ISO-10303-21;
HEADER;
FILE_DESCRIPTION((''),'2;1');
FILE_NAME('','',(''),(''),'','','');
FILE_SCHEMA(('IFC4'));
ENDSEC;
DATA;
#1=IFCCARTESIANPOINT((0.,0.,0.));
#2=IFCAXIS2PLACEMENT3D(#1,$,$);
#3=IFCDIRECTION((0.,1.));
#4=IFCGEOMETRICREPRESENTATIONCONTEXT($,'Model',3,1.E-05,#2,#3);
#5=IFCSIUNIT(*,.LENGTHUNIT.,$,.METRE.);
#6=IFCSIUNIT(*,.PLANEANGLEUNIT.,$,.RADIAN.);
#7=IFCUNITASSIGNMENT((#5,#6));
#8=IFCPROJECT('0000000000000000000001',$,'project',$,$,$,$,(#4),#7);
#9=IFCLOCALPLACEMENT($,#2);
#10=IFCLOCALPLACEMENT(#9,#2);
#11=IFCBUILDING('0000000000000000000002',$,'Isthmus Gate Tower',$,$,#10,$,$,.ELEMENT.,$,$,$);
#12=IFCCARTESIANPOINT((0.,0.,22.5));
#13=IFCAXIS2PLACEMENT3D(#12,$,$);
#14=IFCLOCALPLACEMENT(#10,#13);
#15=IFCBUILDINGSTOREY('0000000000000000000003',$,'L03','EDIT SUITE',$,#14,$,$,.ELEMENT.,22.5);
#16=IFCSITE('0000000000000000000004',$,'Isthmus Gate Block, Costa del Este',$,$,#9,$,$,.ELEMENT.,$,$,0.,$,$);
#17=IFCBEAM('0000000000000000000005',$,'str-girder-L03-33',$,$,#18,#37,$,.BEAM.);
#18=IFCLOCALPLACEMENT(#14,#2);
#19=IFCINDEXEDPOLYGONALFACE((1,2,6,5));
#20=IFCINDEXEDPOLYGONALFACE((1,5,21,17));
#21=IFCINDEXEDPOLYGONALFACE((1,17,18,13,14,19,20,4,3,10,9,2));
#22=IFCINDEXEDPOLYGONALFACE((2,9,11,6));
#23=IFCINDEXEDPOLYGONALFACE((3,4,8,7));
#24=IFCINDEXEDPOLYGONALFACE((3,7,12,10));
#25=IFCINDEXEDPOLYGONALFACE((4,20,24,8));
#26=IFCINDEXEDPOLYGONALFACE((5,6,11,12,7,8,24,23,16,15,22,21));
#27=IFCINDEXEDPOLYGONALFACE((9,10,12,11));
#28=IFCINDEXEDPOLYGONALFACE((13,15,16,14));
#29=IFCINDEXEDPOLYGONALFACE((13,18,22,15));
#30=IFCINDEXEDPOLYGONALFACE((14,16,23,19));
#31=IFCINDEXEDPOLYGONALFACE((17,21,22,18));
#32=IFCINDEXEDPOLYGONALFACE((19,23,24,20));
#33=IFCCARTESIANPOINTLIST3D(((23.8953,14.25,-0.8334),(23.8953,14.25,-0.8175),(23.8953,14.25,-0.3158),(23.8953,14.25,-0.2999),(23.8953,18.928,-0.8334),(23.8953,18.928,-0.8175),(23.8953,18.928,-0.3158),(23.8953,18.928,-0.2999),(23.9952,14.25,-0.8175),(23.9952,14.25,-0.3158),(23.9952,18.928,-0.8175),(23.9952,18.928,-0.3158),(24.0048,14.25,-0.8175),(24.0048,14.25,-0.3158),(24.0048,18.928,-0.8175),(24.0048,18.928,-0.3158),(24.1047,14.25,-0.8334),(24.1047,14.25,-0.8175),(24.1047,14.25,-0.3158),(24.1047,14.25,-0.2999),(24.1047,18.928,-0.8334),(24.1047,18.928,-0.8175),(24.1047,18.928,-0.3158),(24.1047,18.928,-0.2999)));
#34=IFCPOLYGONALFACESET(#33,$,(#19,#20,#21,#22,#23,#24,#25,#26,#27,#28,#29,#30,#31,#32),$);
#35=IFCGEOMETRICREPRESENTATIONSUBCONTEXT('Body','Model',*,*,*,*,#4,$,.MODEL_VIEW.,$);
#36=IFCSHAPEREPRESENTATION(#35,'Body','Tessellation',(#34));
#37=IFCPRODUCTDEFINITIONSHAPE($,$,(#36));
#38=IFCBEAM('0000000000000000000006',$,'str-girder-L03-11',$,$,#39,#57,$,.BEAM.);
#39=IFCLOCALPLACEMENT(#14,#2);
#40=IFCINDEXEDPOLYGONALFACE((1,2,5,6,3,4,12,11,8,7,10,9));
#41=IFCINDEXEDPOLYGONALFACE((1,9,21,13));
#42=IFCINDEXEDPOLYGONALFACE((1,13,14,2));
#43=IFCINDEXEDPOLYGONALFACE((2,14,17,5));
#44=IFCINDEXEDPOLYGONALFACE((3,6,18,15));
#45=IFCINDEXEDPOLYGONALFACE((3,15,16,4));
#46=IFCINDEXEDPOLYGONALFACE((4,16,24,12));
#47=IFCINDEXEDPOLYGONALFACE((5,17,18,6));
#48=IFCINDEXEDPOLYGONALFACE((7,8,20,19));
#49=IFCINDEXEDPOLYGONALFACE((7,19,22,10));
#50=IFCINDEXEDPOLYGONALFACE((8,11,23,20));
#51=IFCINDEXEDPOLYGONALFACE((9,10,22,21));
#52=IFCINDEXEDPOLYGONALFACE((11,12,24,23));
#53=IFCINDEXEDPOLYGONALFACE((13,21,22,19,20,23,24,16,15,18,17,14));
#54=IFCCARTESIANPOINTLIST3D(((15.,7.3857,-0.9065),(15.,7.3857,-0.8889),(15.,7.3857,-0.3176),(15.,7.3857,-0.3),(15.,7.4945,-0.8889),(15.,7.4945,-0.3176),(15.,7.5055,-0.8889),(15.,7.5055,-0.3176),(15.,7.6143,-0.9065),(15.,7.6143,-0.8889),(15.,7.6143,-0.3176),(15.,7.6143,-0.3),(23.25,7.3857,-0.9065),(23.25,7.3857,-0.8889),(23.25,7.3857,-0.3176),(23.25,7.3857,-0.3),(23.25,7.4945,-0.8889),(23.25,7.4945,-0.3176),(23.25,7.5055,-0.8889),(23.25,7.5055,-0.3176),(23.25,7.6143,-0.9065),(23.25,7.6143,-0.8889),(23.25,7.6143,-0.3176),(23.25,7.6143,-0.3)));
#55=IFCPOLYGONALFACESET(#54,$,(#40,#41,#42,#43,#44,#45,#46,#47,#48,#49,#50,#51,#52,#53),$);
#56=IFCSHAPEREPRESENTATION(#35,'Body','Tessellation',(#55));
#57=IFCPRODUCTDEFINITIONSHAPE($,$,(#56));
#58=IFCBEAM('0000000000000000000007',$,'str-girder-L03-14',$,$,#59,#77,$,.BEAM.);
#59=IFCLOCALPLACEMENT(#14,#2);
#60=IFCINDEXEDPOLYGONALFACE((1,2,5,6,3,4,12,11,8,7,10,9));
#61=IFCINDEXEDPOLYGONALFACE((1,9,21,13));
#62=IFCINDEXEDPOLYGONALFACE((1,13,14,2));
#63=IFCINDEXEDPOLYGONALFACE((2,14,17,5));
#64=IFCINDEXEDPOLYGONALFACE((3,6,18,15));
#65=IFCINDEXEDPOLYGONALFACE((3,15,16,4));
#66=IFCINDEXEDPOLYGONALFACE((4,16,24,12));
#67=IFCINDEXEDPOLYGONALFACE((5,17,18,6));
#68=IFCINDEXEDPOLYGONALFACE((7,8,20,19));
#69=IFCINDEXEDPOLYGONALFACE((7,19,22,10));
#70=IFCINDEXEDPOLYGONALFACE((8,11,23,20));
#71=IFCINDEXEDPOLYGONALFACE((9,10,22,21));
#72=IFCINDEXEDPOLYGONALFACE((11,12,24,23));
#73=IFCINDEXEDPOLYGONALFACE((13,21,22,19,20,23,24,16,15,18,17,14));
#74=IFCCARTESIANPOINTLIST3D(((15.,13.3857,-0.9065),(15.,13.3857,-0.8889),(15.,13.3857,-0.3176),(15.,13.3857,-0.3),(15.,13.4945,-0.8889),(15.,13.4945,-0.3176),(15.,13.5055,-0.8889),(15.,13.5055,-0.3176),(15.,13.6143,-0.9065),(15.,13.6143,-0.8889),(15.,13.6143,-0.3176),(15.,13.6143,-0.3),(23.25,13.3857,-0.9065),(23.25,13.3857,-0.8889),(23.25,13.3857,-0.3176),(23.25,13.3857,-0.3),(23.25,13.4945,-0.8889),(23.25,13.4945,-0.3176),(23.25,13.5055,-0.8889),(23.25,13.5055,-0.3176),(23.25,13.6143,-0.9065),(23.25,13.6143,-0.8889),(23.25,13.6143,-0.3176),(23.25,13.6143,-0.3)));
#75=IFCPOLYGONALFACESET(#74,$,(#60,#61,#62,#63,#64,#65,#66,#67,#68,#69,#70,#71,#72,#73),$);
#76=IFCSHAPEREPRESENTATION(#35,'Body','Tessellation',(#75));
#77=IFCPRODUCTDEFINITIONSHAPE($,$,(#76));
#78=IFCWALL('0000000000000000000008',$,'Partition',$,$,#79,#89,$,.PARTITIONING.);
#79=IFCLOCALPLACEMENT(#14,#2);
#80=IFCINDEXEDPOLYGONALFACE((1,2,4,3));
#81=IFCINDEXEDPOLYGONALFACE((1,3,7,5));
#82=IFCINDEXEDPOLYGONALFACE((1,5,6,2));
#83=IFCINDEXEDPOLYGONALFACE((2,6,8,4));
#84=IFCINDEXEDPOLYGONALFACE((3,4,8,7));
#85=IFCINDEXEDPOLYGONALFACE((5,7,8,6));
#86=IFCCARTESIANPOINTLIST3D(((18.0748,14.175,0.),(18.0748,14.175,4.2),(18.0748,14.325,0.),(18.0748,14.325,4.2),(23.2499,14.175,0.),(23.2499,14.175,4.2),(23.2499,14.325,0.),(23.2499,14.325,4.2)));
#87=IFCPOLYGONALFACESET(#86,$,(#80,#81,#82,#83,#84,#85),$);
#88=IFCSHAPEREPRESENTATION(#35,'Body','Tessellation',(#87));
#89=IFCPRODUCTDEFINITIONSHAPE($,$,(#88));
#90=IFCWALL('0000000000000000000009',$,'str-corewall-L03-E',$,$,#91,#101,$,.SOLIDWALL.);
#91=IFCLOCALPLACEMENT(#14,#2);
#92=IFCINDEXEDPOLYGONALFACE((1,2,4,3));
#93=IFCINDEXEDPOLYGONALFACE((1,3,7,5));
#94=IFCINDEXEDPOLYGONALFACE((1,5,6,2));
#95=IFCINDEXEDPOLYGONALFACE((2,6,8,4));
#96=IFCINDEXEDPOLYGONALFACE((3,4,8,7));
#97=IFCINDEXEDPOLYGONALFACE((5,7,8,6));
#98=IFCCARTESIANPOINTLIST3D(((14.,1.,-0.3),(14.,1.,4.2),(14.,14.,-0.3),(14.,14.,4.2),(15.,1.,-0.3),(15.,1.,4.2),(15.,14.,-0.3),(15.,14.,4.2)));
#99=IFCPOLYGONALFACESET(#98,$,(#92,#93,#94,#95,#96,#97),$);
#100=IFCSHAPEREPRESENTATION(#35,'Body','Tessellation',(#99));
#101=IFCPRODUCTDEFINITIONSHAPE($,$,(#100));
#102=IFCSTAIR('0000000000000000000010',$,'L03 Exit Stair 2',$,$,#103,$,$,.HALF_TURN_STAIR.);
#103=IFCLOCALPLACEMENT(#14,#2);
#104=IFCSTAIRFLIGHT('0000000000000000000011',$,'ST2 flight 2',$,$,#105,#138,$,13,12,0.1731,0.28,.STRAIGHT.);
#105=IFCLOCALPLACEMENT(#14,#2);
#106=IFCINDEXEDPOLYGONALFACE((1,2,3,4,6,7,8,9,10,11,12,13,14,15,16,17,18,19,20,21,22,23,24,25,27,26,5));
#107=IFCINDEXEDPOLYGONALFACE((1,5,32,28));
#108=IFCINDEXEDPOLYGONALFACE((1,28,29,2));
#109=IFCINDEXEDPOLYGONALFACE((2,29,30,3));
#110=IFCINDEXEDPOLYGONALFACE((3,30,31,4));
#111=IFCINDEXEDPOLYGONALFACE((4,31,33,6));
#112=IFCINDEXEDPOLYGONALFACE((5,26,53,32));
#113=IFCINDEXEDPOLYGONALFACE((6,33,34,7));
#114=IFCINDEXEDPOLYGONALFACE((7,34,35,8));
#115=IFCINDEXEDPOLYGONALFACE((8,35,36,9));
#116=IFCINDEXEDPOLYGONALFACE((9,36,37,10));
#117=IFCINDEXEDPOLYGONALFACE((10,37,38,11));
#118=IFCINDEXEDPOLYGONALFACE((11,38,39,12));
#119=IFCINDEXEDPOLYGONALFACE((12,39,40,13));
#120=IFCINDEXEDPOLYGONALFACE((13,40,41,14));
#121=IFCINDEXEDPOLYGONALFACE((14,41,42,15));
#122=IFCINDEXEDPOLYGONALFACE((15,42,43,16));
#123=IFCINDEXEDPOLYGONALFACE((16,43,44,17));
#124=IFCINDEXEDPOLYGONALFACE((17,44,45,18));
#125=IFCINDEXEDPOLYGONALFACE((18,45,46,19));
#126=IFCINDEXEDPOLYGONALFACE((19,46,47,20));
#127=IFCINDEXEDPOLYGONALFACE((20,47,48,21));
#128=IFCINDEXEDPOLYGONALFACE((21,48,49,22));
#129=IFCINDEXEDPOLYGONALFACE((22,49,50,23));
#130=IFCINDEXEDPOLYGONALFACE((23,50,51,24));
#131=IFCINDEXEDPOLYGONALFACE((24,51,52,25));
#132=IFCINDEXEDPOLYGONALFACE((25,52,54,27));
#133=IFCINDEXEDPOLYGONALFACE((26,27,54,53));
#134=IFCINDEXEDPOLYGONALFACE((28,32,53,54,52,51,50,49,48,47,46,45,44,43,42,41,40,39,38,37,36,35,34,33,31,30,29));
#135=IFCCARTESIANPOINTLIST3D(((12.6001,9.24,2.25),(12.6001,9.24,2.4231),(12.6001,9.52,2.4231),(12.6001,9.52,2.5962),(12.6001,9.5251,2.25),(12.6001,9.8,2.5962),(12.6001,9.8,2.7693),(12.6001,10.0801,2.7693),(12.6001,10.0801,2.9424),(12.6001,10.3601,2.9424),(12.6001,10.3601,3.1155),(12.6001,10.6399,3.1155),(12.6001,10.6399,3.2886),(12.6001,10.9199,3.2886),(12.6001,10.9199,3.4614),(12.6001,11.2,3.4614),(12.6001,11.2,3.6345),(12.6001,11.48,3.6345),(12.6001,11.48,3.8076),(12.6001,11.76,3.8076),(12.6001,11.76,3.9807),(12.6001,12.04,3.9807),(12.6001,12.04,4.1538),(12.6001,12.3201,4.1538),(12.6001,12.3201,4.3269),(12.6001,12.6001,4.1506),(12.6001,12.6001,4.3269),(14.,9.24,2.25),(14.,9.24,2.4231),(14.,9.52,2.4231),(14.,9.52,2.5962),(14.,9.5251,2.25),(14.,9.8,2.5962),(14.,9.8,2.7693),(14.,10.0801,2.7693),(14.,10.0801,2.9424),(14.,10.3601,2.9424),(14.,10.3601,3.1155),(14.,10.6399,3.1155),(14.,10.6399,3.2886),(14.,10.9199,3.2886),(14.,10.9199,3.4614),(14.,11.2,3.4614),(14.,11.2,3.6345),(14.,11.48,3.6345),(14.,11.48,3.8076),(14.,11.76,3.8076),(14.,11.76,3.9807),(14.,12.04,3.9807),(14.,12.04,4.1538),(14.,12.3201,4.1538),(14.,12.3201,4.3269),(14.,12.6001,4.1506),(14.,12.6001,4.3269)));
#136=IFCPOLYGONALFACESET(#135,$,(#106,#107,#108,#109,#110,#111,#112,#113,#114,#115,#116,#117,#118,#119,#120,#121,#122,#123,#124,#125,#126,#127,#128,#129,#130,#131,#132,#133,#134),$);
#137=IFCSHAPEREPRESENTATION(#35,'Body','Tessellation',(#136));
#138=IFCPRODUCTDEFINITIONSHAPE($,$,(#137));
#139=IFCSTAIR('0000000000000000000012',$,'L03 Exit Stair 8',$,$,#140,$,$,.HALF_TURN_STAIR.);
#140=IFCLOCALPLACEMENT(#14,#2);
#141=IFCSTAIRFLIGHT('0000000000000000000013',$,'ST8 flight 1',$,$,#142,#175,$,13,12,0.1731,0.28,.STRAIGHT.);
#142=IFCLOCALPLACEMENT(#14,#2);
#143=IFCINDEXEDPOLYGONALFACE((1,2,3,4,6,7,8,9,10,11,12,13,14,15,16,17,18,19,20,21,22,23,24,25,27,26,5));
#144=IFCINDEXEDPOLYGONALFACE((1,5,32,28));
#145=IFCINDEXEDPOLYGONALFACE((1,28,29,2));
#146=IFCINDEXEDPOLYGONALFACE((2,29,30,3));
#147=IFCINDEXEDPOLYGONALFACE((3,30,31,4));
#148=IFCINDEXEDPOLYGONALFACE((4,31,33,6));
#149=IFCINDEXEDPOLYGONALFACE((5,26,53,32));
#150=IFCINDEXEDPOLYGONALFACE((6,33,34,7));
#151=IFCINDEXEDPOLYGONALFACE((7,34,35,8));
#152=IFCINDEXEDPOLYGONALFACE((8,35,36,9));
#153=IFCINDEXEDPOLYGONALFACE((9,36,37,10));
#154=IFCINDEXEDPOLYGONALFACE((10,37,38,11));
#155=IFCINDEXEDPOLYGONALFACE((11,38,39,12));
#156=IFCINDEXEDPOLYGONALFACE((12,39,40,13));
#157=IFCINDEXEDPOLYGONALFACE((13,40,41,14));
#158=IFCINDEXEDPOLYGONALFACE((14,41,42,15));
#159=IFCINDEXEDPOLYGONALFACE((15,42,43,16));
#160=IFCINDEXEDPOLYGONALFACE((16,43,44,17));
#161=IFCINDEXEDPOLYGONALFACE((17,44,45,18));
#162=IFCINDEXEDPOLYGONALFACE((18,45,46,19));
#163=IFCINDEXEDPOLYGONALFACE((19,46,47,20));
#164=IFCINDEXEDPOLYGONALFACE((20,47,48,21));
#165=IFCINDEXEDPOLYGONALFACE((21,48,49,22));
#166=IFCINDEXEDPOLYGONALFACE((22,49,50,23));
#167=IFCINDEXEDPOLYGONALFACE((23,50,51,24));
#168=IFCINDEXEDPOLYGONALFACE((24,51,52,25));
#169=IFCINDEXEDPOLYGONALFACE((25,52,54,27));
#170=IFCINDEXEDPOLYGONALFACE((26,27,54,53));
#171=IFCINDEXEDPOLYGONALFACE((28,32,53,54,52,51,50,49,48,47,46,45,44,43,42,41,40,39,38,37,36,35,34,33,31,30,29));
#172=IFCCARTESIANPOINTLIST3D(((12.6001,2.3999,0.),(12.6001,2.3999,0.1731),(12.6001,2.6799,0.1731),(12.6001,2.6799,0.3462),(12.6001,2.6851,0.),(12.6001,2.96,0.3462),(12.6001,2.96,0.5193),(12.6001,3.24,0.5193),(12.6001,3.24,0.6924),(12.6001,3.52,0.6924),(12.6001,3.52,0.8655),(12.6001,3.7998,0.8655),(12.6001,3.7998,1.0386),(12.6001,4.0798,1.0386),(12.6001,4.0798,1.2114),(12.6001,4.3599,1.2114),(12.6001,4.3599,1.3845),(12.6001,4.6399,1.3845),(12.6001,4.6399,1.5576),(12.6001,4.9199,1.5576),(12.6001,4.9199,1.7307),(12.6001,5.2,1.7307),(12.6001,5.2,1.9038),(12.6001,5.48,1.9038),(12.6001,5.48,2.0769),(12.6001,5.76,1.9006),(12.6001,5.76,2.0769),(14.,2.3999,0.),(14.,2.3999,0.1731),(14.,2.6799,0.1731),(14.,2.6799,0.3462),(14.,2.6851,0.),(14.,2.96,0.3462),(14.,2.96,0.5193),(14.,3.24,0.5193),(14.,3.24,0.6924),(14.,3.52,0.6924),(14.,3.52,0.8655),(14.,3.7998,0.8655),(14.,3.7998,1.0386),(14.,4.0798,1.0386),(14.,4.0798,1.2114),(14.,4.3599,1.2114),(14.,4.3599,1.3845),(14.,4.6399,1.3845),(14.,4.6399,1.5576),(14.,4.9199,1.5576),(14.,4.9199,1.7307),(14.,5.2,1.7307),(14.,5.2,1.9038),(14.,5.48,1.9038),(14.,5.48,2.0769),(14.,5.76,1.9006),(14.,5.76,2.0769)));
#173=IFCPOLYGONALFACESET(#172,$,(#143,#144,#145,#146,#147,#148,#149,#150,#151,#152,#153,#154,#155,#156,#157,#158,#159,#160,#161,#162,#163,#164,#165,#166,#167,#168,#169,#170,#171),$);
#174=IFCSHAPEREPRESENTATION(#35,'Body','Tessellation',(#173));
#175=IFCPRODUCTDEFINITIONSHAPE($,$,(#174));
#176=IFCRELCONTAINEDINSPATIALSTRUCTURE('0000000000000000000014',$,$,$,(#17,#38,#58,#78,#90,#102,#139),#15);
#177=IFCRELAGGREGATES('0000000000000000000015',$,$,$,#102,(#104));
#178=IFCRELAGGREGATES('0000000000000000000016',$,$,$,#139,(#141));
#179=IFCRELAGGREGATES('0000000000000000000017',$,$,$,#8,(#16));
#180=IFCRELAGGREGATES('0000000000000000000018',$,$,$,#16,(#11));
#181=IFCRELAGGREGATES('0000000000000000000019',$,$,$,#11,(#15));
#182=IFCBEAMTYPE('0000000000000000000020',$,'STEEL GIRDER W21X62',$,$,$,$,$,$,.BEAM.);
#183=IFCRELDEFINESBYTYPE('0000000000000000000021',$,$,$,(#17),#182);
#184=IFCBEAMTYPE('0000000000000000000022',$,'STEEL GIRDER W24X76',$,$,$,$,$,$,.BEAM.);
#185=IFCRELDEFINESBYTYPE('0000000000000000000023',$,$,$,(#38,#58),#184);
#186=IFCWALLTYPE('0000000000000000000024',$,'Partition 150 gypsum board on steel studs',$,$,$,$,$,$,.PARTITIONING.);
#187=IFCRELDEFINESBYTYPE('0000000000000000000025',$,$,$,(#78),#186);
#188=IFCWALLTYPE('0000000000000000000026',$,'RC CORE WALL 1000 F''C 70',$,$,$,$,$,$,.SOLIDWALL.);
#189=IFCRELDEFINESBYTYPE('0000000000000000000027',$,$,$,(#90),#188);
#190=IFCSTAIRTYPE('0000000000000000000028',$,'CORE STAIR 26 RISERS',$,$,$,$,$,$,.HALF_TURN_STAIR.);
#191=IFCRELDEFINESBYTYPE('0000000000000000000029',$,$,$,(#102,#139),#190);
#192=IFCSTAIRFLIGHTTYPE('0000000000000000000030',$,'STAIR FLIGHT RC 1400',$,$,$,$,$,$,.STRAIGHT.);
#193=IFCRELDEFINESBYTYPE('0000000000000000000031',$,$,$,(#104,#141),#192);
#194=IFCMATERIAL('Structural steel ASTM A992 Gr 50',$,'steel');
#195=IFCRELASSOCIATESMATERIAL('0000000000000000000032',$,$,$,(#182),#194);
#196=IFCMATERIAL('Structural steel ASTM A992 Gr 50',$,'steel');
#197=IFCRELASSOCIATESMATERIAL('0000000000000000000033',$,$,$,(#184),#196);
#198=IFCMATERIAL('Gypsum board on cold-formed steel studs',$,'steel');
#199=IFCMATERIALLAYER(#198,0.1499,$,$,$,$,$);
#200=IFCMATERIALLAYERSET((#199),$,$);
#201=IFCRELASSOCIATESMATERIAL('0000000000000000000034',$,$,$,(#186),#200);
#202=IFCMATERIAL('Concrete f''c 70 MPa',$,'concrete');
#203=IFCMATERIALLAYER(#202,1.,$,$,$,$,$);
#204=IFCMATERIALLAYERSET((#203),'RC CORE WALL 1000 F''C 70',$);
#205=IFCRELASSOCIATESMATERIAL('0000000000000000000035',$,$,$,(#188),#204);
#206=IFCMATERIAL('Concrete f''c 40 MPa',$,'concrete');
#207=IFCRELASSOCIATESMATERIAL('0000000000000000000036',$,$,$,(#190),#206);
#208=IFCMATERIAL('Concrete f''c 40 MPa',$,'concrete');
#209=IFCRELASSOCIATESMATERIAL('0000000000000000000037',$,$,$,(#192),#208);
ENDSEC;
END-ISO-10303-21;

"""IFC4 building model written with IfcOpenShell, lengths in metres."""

from ifc_helpers import new_model, si_unit, direction, frame, frame_2d, origin, origin_2d, place, context, subcontext, project, spatial, polyline, rectangle, i_section, outline, extrude, material, layer, layer_set, material_profile, profile_set, type_object, element, aggregate, save


model = new_model("IFC4")

# Units and contexts
model_context = context("Model", 3, precision=1e-05, world=origin(), true_north=direction((0.0, 1.0)))
body_context = subcontext(model_context, "Body", "Model", "MODEL_VIEW")
ifc_project = project(units=[si_unit("LENGTHUNIT", "METRE"), si_unit("PLANEANGLEUNIT", "RADIAN")], contexts=[model_context])

# Site, building, storey
site_placement = place(None, origin())
site = spatial("IfcSite", under=ifc_project, at=site_placement, Name="Isthmus Gate Block, Costa del Este", CompositionType="ELEMENT", RefElevation=0.0)
building_placement = place(site_placement, origin())
building = spatial("IfcBuilding", under=site, at=building_placement, Name="Isthmus Gate Tower", CompositionType="ELEMENT")
storey_placement = place(building_placement, frame((0.0, 0.0, 22.5)))
storey = spatial("IfcBuildingStorey", under=building, at=storey_placement, Name="L03", Description="EDIT SUITE", CompositionType="ELEMENT", Elevation=22.5)

# Beams
ifc_material_1 = material(Name="Structural steel ASTM A992 Gr 50", Category="steel")
ifc_material_profile_1 = material_profile(ifc_material_1, i_section(OverallWidth=0.2095, OverallDepth=0.5334, WebThickness=0.0095, FlangeThickness=0.0159, at=origin_2d()), Name="W21X62")
ifc_profile_set_1 = profile_set([ifc_material_profile_1], Name="Structural steel ASTM A992 Gr 50")
beam_type_1 = type_object("IfcBeamType", Name="STEEL GIRDER W21X62", PredefinedType="BEAM", material=ifc_profile_set_1)
beam_1_placement = place(storey_placement, frame((24.0, 14.25, -0.5667), z_axis=(0.0, 1.0, 0.0), x_axis=(-1.0, 0.0, 0.0)))
element("IfcBeam", 1, at=beam_1_placement, inside=storey, type_object=beam_type_1, Name="str-girder-L03-33", PredefinedType="BEAM", context=body_context, shape_type="SweptSolid", body=[
    extrude(i_section(OverallWidth=0.2095, OverallDepth=0.5334, WebThickness=0.0095, FlangeThickness=0.0159, at=origin_2d()), origin(), (0.0, 0.0, 1.0), 4.678),
])
ifc_material_2 = material(Name="Structural steel ASTM A992 Gr 50", Category="steel")
ifc_material_profile_2 = material_profile(ifc_material_2, i_section(OverallWidth=0.2285, OverallDepth=0.6064, WebThickness=0.011, FlangeThickness=0.0176, at=origin_2d()), Name="W24X76")
ifc_profile_set_2 = profile_set([ifc_material_profile_2], Name="Structural steel ASTM A992 Gr 50")
beam_type_2 = type_object("IfcBeamType", Name="STEEL GIRDER W24X76", PredefinedType="BEAM", material=ifc_profile_set_2)
for number, where, z_axis, x_axis, name in (
    (2, (15.0, 7.5, -0.6033), (1.0, 0.0, 0.0), (0.0, 1.0, 0.0), "str-girder-L03-11"),
    (3, (15.0, 13.5, -0.6033), (1.0, 0.0, 0.0), (0.0, 1.0, 0.0), "str-girder-L03-14"),
):
    element("IfcBeam", number, at=place(storey_placement, frame(where, z_axis=z_axis, x_axis=x_axis)), inside=storey, type_object=beam_type_2, Name=name, PredefinedType="BEAM", context=body_context, shape_type="SweptSolid", body=[
        extrude(i_section(OverallWidth=0.2285, OverallDepth=0.6064, WebThickness=0.011, FlangeThickness=0.0176, at=origin_2d()), origin(), (0.0, 0.0, 1.0), 8.25),
    ])

# Walls
ifc_material_3 = material(Name="Gypsum board on cold-formed steel studs", Category="steel")
ifc_layer_1 = layer(ifc_material_3, 0.1499)
ifc_layer_set_1 = layer_set([ifc_layer_1])
wall_type_1 = type_object("IfcWallType", Name="Partition 150 gypsum board on steel studs", PredefinedType="PARTITIONING", material=ifc_layer_set_1)
wall_1_placement = place(storey_placement, frame((18.075, 14.25, 0.0), z_axis=(0.0, 0.0, 1.0), x_axis=(1.0, 0.0, 0.0)))
element("IfcWall", 4, at=wall_1_placement, inside=storey, type_object=wall_type_1, Name="Partition", PredefinedType="PARTITIONING", context=body_context, shape_type="SweptSolid", body=[
    extrude(rectangle(XDim=5.175, YDim=0.1499, at=frame_2d((2.5874, 0.0))), origin(), (0.0, 0.0, 1.0), 4.2),
])
ifc_material_4 = material(Name="Concrete f'c 70 MPa", Category="concrete")
ifc_layer_2 = layer(ifc_material_4, 1.0)
ifc_layer_set_2 = layer_set([ifc_layer_2], Name="RC CORE WALL 1000 F'C 70")
wall_type_2 = type_object("IfcWallType", Name="RC CORE WALL 1000 F'C 70", PredefinedType="SOLIDWALL", material=ifc_layer_set_2)
wall_2_placement = place(storey_placement, frame((14.5, 1.0, -0.3), z_axis=(0.0, 0.0, 1.0), x_axis=(0.0, 1.0, 0.0)))
element("IfcWall", 5, at=wall_2_placement, inside=storey, type_object=wall_type_2, Name="str-corewall-L03-E", PredefinedType="SOLIDWALL", context=body_context, shape_type="SweptSolid", body=[
    extrude(rectangle(XDim=13.0, YDim=1.0, at=frame_2d((6.5, 0.0))), origin(), (0.0, 0.0, 1.0), 4.5),
])

# Stairs, stair flights
ifc_material_5 = material(Name="Concrete f'c 40 MPa", Category="concrete")
stair_type = type_object("IfcStairType", Name="CORE STAIR 26 RISERS", PredefinedType="HALF_TURN_STAIR", material=ifc_material_5)
stair_1_placement = place(storey_placement, origin())
stair_1 = element("IfcStair", 6, at=stair_1_placement, inside=storey, type_object=stair_type, Name="L03 Exit Stair 2", PredefinedType="HALF_TURN_STAIR")
ifc_material_6 = material(Name="Concrete f'c 40 MPa", Category="concrete")
stair_flight_type = type_object("IfcStairFlightType", Name="STAIR FLIGHT RC 1400", PredefinedType="STRAIGHT", material=ifc_material_6)
stair_flight_1_placement = place(storey_placement, frame((13.3, 9.24, 2.25), z_axis=(0.0, 0.0, 1.0), x_axis=(0.0, 1.0, 0.0)))
stair_flight_1 = element("IfcStairFlight", 7, at=stair_flight_1_placement, type_object=stair_flight_type, Name="ST2 flight 2", NumberOfRisers=13, NumberOfTreads=12, PredefinedType="STRAIGHT", RiserHeight=0.1731, TreadLength=0.28, context=body_context, shape_type="SweptSolid", body=[
    extrude(outline(polyline([(0.0, 0.0), (0.0, 0.1731), (0.28, 0.1731), (0.28, 0.3462), (0.5601, 0.3462), (0.5601, 0.5193), (0.8401, 0.5193), (0.8401, 0.6924), (1.1201, 0.6924), (1.1201, 0.8655), (1.3999, 0.8655), (1.3999, 1.0386), (1.6799, 1.0386), (1.6799, 1.2114), (1.96, 1.2114), (1.96, 1.3845), (2.24, 1.3845), (2.24, 1.5576), (2.52, 1.5576), (2.52, 1.7307), (2.8, 1.7307), (2.8, 1.9038), (3.0801, 1.9038), (3.0801, 2.0769), (3.3601, 2.0769), (3.3601, 2.25), (3.3601, 1.9006), (0.2852, 0.0), (0.0, 0.0)])), frame((0.0, 0.7, 0.0), z_axis=(0.0, -1.0, 0.0), x_axis=(1.0, 0.0, 0.0)), (0.0, 0.0, 1.0), 1.3999),
])
aggregate(stair_1, [stair_flight_1])
stair_2_placement = place(storey_placement, origin())
stair_2 = element("IfcStair", 8, at=stair_2_placement, inside=storey, type_object=stair_type, Name="L03 Exit Stair 8", PredefinedType="HALF_TURN_STAIR")
stair_flight_2_placement = place(storey_placement, frame((13.3, 2.3999, 0.0), z_axis=(0.0, 0.0, 1.0), x_axis=(0.0, 1.0, 0.0)))
stair_flight_2 = element("IfcStairFlight", 9, at=stair_flight_2_placement, type_object=stair_flight_type, Name="ST8 flight 1", NumberOfRisers=13, NumberOfTreads=12, PredefinedType="STRAIGHT", RiserHeight=0.1731, TreadLength=0.28, context=body_context, shape_type="SweptSolid", body=[
    extrude(outline(polyline([(0.0, 0.0), (0.0, 0.1731), (0.28, 0.1731), (0.28, 0.3462), (0.5601, 0.3462), (0.5601, 0.5193), (0.8401, 0.5193), (0.8401, 0.6924), (1.1201, 0.6924), (1.1201, 0.8655), (1.3999, 0.8655), (1.3999, 1.0386), (1.6799, 1.0386), (1.6799, 1.2114), (1.96, 1.2114), (1.96, 1.3845), (2.24, 1.3845), (2.24, 1.5576), (2.52, 1.5576), (2.52, 1.7307), (2.8, 1.7307), (2.8, 1.9038), (3.0801, 1.9038), (3.0801, 2.0769), (3.3601, 2.0769), (3.3601, 2.25), (3.3601, 1.9006), (0.2852, 0.0), (0.0, 0.0)])), frame((0.0, 0.7, 0.0), z_axis=(0.0, -1.0, 0.0), x_axis=(1.0, 0.0, 0.0)), (0.0, 0.0, 1.0), 1.3999),
])
aggregate(stair_2, [stair_flight_2])

save(model, "model.ifc")
